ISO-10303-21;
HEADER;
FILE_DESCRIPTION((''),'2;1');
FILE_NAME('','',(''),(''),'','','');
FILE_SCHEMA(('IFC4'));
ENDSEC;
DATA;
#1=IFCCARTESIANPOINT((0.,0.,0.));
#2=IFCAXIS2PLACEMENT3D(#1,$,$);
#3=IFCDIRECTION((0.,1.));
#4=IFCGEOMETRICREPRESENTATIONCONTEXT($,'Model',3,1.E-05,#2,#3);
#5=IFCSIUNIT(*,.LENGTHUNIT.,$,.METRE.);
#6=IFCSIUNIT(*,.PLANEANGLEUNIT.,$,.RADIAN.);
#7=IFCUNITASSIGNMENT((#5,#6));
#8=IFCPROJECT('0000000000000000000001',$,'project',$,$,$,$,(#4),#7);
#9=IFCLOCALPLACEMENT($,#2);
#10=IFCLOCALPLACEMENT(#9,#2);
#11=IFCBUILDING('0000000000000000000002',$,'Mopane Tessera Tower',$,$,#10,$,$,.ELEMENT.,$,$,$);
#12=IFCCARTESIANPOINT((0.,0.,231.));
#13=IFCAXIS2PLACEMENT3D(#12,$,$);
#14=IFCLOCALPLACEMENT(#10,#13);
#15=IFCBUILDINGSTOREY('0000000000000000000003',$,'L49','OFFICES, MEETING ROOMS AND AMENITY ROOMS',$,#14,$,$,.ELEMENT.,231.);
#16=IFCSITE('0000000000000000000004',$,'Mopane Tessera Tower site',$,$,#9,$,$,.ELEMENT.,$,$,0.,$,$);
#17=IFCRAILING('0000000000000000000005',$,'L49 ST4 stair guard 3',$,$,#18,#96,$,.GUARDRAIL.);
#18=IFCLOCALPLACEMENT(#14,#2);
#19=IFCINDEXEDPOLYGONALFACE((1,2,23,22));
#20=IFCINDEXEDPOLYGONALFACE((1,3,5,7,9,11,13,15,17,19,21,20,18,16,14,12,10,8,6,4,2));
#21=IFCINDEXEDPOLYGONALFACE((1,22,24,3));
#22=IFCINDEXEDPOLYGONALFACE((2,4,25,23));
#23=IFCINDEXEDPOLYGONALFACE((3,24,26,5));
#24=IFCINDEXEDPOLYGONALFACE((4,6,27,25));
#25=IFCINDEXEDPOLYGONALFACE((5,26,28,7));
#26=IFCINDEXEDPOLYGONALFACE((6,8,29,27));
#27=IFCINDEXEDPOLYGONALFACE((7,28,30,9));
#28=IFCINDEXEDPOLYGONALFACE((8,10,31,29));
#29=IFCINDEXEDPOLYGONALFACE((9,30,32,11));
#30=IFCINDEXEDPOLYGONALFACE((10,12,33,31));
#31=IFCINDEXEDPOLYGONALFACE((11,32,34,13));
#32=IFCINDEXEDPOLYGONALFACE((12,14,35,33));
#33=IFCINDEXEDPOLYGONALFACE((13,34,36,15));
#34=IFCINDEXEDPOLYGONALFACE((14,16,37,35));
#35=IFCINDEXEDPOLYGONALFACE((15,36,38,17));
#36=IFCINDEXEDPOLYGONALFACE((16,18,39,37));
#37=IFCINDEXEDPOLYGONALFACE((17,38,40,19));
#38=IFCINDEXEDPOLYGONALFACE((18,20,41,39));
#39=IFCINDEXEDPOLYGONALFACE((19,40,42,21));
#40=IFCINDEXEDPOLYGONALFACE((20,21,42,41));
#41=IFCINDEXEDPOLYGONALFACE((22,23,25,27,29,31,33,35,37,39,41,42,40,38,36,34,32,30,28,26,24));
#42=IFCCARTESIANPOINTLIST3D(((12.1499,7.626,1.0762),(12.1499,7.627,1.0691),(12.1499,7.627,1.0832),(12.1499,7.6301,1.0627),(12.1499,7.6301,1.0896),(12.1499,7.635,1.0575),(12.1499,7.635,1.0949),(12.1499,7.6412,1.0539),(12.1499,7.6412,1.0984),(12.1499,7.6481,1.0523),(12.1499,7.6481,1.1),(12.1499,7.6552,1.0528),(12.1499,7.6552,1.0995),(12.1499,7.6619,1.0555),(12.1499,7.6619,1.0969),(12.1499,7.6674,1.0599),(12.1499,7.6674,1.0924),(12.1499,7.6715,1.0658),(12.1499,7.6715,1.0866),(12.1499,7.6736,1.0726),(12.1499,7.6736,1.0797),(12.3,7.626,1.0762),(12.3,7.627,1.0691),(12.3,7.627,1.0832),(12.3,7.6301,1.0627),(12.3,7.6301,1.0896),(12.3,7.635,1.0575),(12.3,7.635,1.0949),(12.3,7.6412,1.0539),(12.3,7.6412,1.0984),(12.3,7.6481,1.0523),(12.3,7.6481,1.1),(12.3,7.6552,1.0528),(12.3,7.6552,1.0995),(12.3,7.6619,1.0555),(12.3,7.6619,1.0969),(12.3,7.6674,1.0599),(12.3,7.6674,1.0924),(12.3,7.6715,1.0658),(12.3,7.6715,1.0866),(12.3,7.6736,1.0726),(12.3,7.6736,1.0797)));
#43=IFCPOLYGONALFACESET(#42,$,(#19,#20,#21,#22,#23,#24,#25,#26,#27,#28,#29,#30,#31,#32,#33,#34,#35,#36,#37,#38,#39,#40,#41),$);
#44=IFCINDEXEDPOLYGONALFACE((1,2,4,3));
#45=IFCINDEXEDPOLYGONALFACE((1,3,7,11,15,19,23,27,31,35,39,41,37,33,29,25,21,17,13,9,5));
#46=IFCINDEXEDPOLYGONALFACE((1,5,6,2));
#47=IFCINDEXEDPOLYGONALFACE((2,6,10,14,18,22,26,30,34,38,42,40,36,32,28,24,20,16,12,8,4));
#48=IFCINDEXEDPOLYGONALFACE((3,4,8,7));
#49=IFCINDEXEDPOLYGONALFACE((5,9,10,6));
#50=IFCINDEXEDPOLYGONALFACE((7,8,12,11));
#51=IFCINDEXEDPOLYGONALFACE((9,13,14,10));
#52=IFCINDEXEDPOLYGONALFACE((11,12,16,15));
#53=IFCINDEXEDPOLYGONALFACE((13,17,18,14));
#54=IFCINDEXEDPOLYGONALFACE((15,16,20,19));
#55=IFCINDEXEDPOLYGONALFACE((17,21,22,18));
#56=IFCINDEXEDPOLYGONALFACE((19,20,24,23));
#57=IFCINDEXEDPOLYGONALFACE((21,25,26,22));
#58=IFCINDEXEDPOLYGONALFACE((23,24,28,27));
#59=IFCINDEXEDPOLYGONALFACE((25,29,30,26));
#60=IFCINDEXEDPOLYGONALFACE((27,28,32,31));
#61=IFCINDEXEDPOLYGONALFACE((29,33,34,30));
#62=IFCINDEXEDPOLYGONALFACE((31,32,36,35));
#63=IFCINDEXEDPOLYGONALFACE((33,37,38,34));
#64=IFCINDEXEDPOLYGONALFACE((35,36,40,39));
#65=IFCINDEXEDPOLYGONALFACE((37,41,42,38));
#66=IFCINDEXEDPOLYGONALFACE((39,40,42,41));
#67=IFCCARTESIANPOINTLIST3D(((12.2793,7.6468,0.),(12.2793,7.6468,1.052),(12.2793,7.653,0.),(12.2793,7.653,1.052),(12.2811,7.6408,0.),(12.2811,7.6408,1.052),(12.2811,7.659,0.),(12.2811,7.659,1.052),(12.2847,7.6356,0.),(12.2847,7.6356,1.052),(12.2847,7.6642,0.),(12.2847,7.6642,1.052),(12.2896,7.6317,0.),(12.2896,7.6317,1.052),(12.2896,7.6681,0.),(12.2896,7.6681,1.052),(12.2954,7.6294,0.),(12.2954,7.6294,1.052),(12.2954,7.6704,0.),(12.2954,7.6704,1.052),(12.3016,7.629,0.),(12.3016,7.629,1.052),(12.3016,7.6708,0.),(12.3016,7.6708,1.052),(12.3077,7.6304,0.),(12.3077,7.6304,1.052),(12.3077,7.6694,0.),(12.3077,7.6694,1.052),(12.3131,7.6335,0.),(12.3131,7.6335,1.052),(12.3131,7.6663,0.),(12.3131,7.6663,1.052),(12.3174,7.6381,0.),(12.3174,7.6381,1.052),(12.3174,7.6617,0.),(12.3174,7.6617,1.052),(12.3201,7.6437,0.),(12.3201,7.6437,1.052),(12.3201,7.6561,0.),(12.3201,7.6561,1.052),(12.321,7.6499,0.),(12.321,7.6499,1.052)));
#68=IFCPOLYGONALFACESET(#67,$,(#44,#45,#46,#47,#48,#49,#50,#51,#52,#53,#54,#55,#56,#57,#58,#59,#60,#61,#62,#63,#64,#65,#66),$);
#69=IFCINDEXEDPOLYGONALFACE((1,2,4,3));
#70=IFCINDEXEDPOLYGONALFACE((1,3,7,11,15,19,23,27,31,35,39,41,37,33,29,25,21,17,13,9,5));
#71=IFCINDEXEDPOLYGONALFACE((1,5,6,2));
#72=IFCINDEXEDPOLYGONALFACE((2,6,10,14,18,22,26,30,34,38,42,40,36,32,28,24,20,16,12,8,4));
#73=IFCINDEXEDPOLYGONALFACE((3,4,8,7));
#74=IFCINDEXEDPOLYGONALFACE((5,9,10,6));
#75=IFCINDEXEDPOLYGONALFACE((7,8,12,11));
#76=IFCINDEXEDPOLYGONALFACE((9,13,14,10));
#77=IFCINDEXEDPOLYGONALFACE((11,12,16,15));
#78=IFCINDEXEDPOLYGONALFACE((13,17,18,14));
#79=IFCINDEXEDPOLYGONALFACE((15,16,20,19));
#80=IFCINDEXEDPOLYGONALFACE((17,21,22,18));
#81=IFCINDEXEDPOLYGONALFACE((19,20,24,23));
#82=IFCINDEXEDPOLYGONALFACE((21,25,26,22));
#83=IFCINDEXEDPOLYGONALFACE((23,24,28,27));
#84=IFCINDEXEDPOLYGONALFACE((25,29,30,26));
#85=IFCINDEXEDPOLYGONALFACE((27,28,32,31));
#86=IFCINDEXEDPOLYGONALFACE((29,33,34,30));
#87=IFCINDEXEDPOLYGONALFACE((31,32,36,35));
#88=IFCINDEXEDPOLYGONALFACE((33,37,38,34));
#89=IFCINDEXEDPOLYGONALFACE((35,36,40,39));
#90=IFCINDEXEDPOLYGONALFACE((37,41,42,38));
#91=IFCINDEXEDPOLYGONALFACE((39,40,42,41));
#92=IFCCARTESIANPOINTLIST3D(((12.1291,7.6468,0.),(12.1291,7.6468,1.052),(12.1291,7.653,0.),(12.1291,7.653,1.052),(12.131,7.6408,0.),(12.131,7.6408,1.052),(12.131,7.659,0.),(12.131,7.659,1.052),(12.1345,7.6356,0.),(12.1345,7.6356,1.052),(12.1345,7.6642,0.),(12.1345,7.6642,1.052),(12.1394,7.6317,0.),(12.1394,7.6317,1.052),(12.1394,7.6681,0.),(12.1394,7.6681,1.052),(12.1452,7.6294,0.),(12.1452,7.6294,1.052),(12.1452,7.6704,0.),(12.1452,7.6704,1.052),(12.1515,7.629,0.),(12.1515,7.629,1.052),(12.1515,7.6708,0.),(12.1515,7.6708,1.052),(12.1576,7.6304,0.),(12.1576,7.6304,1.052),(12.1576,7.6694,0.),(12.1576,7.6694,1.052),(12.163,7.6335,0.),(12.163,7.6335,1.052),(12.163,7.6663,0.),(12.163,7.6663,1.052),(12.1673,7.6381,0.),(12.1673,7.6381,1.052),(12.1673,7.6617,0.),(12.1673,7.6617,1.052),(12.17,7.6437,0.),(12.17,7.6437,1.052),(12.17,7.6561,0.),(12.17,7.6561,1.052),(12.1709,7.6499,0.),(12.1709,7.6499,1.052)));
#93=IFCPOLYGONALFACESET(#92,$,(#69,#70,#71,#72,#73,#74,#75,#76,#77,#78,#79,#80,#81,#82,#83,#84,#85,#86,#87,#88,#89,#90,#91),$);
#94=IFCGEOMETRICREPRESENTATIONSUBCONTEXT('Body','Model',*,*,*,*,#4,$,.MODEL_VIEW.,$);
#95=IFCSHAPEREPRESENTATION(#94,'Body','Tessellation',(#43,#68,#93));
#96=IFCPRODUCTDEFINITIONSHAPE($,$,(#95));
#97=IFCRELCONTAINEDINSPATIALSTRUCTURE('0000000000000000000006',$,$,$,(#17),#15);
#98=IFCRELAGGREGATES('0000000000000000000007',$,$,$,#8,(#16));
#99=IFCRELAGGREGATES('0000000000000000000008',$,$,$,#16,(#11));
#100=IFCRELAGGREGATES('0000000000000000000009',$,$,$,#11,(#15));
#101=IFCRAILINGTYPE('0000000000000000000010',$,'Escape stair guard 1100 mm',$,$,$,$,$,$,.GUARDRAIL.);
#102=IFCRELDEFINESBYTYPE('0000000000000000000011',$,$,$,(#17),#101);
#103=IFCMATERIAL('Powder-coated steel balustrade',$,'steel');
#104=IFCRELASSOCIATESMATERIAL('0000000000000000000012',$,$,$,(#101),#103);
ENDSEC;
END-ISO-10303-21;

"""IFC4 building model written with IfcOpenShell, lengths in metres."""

from ifc_helpers import new_model, si_unit, direction, frame, origin, origin_2d, place, context, subcontext, project, spatial, circle, extrude, material, type_object, element, save


model = new_model("IFC4")

# Units and contexts
model_context = context("Model", 3, precision=1e-05, world=origin(), true_north=direction((0.0, 1.0)))
body_context = subcontext(model_context, "Body", "Model", "MODEL_VIEW")
ifc_project = project(units=[si_unit("LENGTHUNIT", "METRE"), si_unit("PLANEANGLEUNIT", "RADIAN")], contexts=[model_context])

# Site, building, storey
site_placement = place(None, origin())
site = spatial("IfcSite", under=ifc_project, at=site_placement, Name="Mopane Tessera Tower site", CompositionType="ELEMENT", RefElevation=0.0)
building_placement = place(site_placement, origin())
building = spatial("IfcBuilding", under=site, at=building_placement, Name="Mopane Tessera Tower", CompositionType="ELEMENT")
storey_placement = place(building_placement, frame((0.0, 0.0, 231.0)))
storey = spatial("IfcBuildingStorey", under=building, at=storey_placement, Name="L49", Description="OFFICES, MEETING ROOMS AND AMENITY ROOMS", CompositionType="ELEMENT", Elevation=231.0)

# Railing
ifc_material_1 = material(Name="Powder-coated steel balustrade", Category="steel")
railing_type_1 = type_object("IfcRailingType", Name="Escape stair guard 1100 mm", PredefinedType="GUARDRAIL", material=ifc_material_1)
railing_1_placement = place(storey_placement, frame((12.3, 7.6499, 0.0)))
element("IfcRailing", 1, at=railing_1_placement, inside=storey, type_object=railing_type_1, Name="L49 ST4 stair guard 3", PredefinedType="GUARDRAIL", context=body_context, shape_type="SweptSolid", body=[
    extrude(circle(Radius=0.0239, at=origin_2d()), frame((0.0, 0.0, 1.0762), z_axis=(-1.0, 0.0, 0.0), x_axis=(0.0, -1.0, 0.0)), (0.0, 0.0, 1.0), 0.1501),
    extrude(circle(Radius=0.021, at=origin_2d()), origin(), (0.0, 0.0, 1.0), 1.052),
    extrude(circle(Radius=0.021, at=origin_2d()), frame((-0.1501, 0.0, 0.0)), (0.0, 0.0, 1.0), 1.052),
])

save(model, "model.ifc")
